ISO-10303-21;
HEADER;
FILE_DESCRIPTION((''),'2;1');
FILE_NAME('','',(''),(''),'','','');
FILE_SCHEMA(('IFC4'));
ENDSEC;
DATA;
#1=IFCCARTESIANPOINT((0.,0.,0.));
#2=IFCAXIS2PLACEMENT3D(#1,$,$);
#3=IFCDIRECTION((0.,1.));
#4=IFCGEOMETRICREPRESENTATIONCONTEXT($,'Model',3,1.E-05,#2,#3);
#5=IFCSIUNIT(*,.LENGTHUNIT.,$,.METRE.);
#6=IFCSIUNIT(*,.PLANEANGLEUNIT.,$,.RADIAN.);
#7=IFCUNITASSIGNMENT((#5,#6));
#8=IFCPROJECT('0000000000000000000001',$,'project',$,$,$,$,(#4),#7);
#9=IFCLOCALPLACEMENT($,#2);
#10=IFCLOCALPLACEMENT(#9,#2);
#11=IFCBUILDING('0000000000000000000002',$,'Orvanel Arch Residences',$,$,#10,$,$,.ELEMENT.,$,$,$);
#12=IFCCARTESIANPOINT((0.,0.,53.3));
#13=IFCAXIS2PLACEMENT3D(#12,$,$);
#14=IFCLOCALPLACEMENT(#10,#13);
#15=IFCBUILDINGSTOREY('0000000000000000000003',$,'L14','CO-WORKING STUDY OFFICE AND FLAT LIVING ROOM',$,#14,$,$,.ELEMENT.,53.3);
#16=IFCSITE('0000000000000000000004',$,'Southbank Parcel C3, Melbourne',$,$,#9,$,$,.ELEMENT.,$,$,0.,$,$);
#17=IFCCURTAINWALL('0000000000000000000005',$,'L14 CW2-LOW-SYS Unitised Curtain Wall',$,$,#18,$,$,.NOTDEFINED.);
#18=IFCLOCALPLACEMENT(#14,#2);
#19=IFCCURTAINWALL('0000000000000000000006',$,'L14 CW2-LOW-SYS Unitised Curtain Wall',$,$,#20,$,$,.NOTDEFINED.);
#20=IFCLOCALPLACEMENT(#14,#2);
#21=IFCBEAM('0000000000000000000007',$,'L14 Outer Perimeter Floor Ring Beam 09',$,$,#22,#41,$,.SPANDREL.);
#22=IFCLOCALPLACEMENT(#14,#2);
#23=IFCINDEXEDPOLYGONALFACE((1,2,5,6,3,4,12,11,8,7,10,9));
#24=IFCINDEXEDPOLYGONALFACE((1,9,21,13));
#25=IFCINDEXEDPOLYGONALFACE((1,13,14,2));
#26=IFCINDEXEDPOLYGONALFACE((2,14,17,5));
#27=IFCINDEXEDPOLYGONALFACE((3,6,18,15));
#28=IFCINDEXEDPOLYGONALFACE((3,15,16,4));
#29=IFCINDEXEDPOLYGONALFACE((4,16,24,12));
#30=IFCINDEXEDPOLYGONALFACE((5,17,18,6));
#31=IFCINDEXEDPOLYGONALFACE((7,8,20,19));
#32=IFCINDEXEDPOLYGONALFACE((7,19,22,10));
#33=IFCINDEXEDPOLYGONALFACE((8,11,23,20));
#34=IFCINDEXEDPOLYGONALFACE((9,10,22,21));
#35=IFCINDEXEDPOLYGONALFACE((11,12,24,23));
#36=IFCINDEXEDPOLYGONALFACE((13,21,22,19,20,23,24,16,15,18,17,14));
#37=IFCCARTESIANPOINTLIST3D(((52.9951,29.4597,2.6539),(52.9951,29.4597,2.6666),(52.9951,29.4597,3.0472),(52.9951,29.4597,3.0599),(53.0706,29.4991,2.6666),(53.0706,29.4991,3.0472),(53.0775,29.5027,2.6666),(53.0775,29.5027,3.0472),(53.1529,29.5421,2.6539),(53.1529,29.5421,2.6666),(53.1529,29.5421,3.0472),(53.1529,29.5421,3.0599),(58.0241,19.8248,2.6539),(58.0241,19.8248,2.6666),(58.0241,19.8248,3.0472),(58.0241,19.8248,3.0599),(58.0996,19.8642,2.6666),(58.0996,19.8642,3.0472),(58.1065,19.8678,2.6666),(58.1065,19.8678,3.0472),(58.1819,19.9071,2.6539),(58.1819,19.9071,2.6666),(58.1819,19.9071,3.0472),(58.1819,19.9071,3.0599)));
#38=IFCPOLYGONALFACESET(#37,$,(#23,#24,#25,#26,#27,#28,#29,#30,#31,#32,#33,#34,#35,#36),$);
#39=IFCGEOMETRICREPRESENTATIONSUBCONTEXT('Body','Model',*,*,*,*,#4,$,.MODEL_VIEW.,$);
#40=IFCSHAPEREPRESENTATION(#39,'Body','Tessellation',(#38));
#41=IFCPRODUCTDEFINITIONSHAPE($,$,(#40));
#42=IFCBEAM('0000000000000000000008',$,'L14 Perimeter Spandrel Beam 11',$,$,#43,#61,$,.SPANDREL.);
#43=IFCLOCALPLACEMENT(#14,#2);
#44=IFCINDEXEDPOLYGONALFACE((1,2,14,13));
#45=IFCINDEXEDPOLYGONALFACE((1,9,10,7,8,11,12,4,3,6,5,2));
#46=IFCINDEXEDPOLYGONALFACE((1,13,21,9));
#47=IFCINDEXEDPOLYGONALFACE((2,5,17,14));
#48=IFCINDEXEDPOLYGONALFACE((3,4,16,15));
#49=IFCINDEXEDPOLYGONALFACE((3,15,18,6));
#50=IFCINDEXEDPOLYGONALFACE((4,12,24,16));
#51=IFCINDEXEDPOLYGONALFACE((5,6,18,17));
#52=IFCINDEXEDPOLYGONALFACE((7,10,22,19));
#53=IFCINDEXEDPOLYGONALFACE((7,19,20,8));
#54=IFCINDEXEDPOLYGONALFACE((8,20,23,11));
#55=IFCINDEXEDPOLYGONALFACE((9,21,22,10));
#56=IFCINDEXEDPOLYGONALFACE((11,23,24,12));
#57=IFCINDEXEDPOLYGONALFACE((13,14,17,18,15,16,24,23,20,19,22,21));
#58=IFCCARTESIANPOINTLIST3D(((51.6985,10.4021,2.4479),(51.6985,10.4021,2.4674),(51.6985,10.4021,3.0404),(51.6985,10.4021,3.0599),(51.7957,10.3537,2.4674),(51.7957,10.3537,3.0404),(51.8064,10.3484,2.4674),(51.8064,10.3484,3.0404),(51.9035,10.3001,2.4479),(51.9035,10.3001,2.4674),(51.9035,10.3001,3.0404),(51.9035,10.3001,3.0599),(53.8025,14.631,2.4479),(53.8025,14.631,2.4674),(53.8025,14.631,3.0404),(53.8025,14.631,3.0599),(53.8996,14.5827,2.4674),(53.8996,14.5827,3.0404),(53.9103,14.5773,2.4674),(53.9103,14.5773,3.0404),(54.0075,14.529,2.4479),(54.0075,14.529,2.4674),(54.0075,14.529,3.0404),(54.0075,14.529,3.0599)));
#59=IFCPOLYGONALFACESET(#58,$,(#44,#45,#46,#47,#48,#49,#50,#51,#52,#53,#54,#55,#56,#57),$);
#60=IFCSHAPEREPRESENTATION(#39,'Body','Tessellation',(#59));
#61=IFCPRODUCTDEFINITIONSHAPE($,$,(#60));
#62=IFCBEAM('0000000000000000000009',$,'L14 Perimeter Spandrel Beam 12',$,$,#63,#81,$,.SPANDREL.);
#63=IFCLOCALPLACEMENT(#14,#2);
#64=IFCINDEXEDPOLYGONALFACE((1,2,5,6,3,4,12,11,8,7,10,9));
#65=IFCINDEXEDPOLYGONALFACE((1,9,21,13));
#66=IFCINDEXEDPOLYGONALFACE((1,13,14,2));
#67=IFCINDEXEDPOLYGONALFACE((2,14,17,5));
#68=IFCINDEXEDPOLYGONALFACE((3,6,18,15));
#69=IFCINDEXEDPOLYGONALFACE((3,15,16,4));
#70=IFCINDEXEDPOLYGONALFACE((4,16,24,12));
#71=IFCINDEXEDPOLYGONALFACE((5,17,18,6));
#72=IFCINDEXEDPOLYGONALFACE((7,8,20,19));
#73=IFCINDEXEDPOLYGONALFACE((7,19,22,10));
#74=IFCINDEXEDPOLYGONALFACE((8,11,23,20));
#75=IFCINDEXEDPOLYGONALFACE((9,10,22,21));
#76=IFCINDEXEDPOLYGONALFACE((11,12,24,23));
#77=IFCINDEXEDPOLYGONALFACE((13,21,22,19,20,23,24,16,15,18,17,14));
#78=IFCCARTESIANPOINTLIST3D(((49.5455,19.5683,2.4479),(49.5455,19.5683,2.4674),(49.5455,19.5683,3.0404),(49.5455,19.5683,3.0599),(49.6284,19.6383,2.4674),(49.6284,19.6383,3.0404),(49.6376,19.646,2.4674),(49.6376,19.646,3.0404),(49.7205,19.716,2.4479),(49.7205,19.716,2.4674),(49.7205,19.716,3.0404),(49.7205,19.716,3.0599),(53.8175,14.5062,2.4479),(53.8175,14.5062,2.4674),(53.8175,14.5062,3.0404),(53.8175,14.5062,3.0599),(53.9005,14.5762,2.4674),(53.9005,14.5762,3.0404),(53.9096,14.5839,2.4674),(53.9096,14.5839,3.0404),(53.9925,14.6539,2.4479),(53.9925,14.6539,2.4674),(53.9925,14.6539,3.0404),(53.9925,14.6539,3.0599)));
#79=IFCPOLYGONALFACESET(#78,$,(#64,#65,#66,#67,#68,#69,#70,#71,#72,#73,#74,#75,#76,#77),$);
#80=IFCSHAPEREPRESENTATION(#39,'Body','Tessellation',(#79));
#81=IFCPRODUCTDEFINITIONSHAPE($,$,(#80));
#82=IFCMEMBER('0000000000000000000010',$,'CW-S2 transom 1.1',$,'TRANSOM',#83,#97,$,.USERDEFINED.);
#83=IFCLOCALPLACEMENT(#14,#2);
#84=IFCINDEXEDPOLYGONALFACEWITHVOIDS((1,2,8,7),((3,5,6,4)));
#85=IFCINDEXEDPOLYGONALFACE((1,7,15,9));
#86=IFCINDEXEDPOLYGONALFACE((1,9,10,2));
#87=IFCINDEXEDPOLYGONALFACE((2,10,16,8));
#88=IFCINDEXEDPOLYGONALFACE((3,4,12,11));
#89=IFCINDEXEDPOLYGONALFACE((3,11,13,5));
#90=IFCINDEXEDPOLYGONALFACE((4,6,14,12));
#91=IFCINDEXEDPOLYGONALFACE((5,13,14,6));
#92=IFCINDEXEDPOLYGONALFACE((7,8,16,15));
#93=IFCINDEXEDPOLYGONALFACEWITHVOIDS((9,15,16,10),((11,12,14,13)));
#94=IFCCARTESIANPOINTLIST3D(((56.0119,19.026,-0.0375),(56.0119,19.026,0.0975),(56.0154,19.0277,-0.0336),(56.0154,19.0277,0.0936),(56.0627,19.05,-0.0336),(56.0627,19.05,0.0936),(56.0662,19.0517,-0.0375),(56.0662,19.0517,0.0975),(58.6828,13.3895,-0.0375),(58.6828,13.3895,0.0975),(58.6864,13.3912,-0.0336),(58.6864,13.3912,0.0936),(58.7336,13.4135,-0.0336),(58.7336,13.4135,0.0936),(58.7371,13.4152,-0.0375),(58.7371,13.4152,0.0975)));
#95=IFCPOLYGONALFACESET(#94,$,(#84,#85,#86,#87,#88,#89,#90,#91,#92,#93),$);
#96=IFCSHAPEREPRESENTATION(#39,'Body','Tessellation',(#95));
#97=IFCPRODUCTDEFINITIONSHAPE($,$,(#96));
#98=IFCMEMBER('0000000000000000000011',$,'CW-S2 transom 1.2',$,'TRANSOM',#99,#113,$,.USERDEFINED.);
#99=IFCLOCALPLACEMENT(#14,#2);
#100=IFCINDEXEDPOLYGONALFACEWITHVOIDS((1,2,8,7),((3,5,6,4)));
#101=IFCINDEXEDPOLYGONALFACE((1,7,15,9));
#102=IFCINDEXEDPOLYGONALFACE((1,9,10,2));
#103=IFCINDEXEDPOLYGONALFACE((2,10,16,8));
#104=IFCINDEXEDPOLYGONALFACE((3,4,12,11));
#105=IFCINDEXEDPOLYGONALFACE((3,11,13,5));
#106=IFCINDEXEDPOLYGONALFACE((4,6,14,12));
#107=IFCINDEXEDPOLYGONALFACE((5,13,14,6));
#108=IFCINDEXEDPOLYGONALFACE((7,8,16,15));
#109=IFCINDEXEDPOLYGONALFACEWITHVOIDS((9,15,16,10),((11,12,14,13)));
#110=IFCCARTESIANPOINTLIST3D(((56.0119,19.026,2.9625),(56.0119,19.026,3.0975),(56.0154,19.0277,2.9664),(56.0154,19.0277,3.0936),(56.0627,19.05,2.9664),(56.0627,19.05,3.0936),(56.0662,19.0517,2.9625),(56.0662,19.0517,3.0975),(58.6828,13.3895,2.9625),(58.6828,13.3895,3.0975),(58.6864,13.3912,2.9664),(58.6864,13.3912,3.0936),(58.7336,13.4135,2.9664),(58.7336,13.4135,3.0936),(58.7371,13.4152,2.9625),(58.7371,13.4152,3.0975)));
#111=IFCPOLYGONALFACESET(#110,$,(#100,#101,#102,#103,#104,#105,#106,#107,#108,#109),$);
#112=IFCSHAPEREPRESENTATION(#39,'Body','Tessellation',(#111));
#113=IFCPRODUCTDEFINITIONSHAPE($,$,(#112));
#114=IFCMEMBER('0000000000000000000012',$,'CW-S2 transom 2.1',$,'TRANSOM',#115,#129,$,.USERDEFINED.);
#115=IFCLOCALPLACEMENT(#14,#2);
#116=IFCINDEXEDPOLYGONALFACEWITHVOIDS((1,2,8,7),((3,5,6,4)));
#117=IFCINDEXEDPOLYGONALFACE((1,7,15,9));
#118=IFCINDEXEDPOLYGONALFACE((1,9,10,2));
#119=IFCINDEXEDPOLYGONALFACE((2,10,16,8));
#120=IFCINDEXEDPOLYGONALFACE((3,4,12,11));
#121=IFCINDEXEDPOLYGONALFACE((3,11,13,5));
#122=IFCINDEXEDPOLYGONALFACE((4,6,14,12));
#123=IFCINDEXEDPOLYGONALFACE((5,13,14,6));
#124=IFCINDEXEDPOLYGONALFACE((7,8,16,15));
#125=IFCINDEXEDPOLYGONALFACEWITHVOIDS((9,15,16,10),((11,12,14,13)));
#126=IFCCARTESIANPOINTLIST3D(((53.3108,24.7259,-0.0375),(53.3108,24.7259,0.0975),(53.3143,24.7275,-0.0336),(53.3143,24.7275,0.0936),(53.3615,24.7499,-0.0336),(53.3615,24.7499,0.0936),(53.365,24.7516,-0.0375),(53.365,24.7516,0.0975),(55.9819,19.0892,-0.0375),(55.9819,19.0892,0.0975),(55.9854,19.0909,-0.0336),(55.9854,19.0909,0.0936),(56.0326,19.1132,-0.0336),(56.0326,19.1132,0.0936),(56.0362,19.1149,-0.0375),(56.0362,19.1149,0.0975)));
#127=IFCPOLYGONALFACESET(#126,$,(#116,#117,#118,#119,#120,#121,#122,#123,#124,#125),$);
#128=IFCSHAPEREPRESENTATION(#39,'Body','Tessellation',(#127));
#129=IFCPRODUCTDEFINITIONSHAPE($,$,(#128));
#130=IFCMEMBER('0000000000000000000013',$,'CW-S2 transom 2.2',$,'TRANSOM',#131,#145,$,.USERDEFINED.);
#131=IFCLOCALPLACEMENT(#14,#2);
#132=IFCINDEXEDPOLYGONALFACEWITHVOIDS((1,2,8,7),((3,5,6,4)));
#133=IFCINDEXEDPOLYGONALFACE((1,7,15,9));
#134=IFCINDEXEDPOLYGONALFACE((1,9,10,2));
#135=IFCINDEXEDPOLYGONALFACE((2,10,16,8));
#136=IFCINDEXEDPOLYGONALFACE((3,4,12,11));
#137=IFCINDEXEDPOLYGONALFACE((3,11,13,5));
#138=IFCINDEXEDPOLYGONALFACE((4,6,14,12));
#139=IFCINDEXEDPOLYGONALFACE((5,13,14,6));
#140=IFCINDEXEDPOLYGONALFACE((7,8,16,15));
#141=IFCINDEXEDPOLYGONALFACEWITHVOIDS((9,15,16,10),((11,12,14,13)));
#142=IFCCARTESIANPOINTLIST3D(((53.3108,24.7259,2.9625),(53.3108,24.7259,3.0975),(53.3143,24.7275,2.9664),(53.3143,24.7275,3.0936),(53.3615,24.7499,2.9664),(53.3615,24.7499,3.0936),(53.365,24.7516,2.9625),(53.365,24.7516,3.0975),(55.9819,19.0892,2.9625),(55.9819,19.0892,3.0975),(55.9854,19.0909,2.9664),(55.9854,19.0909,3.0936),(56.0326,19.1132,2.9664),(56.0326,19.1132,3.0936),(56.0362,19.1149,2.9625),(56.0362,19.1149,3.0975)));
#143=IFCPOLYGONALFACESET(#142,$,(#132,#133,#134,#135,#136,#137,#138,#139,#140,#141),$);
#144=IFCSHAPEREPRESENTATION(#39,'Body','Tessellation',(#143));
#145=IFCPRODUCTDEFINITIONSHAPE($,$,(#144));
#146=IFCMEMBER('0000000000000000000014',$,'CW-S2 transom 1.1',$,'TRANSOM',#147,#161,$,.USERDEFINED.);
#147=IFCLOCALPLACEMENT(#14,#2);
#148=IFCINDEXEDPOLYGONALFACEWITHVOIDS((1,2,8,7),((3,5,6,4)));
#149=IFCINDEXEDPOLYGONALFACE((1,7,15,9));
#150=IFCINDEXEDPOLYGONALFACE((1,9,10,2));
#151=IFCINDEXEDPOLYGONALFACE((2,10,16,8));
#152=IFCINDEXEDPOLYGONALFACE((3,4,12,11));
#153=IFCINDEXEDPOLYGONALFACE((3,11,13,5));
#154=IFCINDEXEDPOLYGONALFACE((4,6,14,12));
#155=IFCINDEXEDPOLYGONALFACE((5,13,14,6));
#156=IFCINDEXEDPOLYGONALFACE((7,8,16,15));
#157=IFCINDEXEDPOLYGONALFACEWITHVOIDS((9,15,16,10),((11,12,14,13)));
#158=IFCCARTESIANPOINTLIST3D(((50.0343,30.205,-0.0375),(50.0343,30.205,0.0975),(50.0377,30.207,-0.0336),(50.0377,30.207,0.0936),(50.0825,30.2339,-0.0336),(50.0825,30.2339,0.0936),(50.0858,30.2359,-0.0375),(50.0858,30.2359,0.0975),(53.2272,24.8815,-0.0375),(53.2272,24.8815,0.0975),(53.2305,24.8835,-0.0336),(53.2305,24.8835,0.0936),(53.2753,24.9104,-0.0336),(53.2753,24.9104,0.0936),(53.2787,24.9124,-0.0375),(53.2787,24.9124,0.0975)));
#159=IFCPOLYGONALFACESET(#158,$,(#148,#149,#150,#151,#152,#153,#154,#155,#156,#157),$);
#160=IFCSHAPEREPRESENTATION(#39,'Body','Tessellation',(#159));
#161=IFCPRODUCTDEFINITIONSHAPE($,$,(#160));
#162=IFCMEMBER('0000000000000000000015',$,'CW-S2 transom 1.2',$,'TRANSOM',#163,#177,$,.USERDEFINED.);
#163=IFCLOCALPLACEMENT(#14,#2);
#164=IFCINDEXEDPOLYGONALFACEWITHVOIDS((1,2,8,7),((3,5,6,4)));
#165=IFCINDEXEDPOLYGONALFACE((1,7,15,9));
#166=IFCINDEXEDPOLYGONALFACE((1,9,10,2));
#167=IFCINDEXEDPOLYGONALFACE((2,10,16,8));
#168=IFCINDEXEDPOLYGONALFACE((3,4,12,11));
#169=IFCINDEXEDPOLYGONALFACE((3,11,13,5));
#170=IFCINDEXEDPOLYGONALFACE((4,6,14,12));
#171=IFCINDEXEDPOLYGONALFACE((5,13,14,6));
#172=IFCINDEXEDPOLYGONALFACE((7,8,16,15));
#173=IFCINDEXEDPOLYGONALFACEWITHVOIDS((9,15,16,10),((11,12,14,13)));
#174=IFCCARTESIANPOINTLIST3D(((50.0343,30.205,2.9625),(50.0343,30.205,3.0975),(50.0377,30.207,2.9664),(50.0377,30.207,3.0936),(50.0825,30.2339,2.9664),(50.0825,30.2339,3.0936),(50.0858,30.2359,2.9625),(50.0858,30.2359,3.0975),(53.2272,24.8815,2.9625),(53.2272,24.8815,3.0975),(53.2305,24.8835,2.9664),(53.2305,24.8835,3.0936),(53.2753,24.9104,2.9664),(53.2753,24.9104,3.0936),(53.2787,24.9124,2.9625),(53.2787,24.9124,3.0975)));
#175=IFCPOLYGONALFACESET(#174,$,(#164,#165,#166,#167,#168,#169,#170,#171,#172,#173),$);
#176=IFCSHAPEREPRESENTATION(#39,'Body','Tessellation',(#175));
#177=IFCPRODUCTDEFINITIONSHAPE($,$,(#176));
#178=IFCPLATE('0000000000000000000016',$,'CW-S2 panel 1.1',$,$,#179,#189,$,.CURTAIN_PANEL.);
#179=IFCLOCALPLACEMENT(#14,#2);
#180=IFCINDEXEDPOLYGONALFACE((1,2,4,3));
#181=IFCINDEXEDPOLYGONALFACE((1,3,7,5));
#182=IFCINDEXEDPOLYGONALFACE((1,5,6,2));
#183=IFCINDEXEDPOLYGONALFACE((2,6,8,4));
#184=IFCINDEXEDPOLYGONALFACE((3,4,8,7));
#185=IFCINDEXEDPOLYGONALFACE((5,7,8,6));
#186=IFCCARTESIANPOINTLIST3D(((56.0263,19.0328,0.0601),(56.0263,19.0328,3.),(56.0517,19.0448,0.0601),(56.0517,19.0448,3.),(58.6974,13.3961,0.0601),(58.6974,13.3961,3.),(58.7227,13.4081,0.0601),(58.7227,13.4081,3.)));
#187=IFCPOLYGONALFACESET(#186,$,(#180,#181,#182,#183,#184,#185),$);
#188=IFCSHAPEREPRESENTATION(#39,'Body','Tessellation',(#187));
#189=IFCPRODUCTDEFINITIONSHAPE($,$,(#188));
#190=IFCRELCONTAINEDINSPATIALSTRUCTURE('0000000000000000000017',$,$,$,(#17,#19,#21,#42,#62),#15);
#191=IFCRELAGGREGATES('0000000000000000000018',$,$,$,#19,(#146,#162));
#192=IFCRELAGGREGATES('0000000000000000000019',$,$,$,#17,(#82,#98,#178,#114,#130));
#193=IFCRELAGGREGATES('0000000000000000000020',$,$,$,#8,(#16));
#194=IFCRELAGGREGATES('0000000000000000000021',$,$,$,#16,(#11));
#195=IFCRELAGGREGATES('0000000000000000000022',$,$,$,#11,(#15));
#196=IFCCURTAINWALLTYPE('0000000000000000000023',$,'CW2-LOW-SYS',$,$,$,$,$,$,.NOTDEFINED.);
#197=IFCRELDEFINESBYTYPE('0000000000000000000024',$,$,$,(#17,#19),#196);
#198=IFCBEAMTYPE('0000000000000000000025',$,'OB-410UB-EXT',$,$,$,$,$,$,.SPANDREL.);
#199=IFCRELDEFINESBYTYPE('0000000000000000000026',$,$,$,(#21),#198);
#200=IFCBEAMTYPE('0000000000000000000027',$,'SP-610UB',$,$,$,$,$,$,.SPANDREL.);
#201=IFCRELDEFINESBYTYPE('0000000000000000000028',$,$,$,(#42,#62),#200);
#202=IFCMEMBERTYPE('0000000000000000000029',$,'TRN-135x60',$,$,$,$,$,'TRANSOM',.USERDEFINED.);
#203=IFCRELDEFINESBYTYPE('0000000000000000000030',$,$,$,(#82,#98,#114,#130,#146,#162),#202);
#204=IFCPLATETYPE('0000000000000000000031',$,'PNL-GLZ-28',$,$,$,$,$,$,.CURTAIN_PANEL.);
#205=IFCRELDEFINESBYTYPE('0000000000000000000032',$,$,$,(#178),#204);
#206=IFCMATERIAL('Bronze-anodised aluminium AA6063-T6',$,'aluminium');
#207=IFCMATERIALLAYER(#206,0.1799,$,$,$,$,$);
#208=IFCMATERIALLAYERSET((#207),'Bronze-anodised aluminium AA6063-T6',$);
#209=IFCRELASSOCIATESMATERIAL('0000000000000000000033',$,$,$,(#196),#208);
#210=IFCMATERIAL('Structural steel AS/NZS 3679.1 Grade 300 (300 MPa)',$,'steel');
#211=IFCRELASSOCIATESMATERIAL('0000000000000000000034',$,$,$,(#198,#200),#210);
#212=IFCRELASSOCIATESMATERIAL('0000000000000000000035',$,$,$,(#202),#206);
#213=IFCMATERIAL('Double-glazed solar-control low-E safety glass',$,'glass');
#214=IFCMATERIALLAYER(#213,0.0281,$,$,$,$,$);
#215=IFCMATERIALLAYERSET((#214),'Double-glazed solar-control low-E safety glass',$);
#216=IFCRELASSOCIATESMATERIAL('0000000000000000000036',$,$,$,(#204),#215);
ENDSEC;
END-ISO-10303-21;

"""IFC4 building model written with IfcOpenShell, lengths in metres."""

from ifc_helpers import new_model, si_unit, direction, frame, origin, origin_2d, place, context, subcontext, project, spatial, rectangle, hollow_rectangle, i_section, extrude, material, layer, layer_set, material_profile, profile_set, type_object, element, aggregate, save


model = new_model("IFC4")

# Units and contexts
model_context = context("Model", 3, precision=1e-05, world=origin(), true_north=direction((0.0, 1.0)))
body_context = subcontext(model_context, "Body", "Model", "MODEL_VIEW")
ifc_project = project(units=[si_unit("LENGTHUNIT", "METRE"), si_unit("PLANEANGLEUNIT", "RADIAN")], contexts=[model_context])

# Site, building, storey
site_placement = place(None, origin())
site = spatial("IfcSite", under=ifc_project, at=site_placement, Name="Southbank Parcel C3, Melbourne", CompositionType="ELEMENT", RefElevation=0.0)
building_placement = place(site_placement, origin())
building = spatial("IfcBuilding", under=site, at=building_placement, Name="Orvanel Arch Residences", CompositionType="ELEMENT")
storey_placement = place(building_placement, frame((0.0, 0.0, 53.3)))
storey = spatial("IfcBuildingStorey", under=building, at=storey_placement, Name="L14", Description="CO-WORKING STUDY OFFICE AND FLAT LIVING ROOM", CompositionType="ELEMENT", Elevation=53.3)

# Shared definitions
ifc_material_1 = material(Name="Bronze-anodised aluminium AA6063-T6", Category="aluminium")

# Curtain wall
ifc_layer_1 = layer(ifc_material_1, 0.1799)
ifc_layer_set_1 = layer_set([ifc_layer_1], Name="Bronze-anodised aluminium AA6063-T6")
curtain_wall_type_1 = type_object("IfcCurtainWallType", Name="CW2-LOW-SYS", PredefinedType="NOTDEFINED", material=ifc_layer_set_1)
curtain_wall_1_placement = place(storey_placement, origin())
curtain_wall_1 = element("IfcCurtainWall", 1, at=curtain_wall_1_placement, inside=storey, type_object=curtain_wall_type_1, Name="L14 CW2-LOW-SYS Unitised Curtain Wall", PredefinedType="NOTDEFINED")

# Curtain wall
curtain_wall_2_placement = place(storey_placement, origin())
curtain_wall_2 = element("IfcCurtainWall", 2, at=curtain_wall_2_placement, inside=storey, type_object=curtain_wall_type_1, Name="L14 CW2-LOW-SYS Unitised Curtain Wall", PredefinedType="NOTDEFINED")

# Beams
ifc_material_2 = material(Name="Structural steel AS/NZS 3679.1 Grade 300 (300 MPa)", Category="steel")
ifc_material_profile_1 = material_profile(ifc_material_2, i_section(OverallWidth=0.178, OverallDepth=0.406, WebThickness=0.0078, FlangeThickness=0.0127, at=origin_2d()), Name="410UB59.7")
ifc_profile_set_1 = profile_set([ifc_material_profile_1], Name="Structural steel AS/NZS 3679.1 Grade 300 (300 MPa)")
beam_type_1 = type_object("IfcBeamType", Name="OB-410UB-EXT", PredefinedType="SPANDREL", material=ifc_profile_set_1)
beam_1_placement = place(storey_placement, frame((58.103, 19.866, 2.8569), z_axis=(-0.462717, 0.886506, 0.0), x_axis=(-0.886506, -0.462717, 0.0)))
element("IfcBeam", 3, at=beam_1_placement, inside=storey, type_object=beam_type_1, Name="L14 Outer Perimeter Floor Ring Beam 09", PredefinedType="SPANDREL", context=body_context, shape_type="SweptSolid", body=[
    extrude(i_section(OverallWidth=0.178, OverallDepth=0.406, WebThickness=0.0078, FlangeThickness=0.0127, at=origin_2d()), origin(), (0.0, 0.0, 1.0), 10.8684),
])
ifc_material_profile_2 = material_profile(ifc_material_2, i_section(OverallWidth=0.229, OverallDepth=0.6121, WebThickness=0.012, FlangeThickness=0.0195, at=origin_2d()), Name="610UB125")
ifc_profile_set_2 = profile_set([ifc_material_profile_2], Name="Structural steel AS/NZS 3679.1 Grade 300 (300 MPa)")
beam_type_2 = type_object("IfcBeamType", Name="SP-610UB", PredefinedType="SPANDREL", material=ifc_profile_set_2)
beam_2_placement = place(storey_placement, frame((51.801, 10.3511, 2.7539), z_axis=(0.445435, 0.895314, 0.0), x_axis=(-0.895314, 0.445435, 0.0)))
element("IfcBeam", 4, at=beam_2_placement, inside=storey, type_object=beam_type_2, Name="L14 Perimeter Spandrel Beam 11", PredefinedType="SPANDREL", context=body_context, shape_type="SweptSolid", body=[
    extrude(i_section(OverallWidth=0.229, OverallDepth=0.6121, WebThickness=0.012, FlangeThickness=0.0195, at=origin_2d()), origin(), (0.0, 0.0, 1.0), 4.7234),
])
beam_3_placement = place(storey_placement, frame((53.905, 14.5801, 2.7539), z_axis=(-0.64495, 0.764224, 0.0), x_axis=(-0.764224, -0.64495, 0.0)))
element("IfcBeam", 5, at=beam_3_placement, inside=storey, type_object=beam_type_2, Name="L14 Perimeter Spandrel Beam 12", PredefinedType="SPANDREL", context=body_context, shape_type="SweptSolid", body=[
    extrude(i_section(OverallWidth=0.229, OverallDepth=0.6121, WebThickness=0.012, FlangeThickness=0.0195, at=origin_2d()), origin(), (0.0, 0.0, 1.0), 6.6238),
])

# Members
ifc_material_profile_3 = material_profile(ifc_material_1, hollow_rectangle(XDim=0.0601, YDim=0.135, WallThickness=0.0039, at=origin_2d()), Name="ALU135x60x4")
ifc_profile_set_3 = profile_set([ifc_material_profile_3], Name="Bronze-anodised aluminium AA6063-T6")
member_type_1 = type_object("IfcMemberType", Name="TRN-135x60", ElementType="TRANSOM", PredefinedType="USERDEFINED", material=ifc_profile_set_3)
member_1_placement = place(storey_placement, frame((58.71, 13.4023, 0.03), z_axis=(-0.428216, 0.903676, 0.0), x_axis=(-0.903676, -0.428216, 0.0)))
member_1 = element("IfcMember", 6, at=member_1_placement, type_object=member_type_1, Name="CW-S2 transom 1.1", ObjectType="TRANSOM", PredefinedType="USERDEFINED", context=body_context, shape_type="SweptSolid", body=[
    extrude(hollow_rectangle(XDim=0.0601, YDim=0.135, WallThickness=0.0039, at=origin_2d()), origin(), (0.0, 0.0, 1.0), 6.2373),
])
member_2_placement = place(storey_placement, frame((58.71, 13.4023, 3.03), z_axis=(-0.428216, 0.903676, 0.0), x_axis=(-0.903676, -0.428216, 0.0)))
member_2 = element("IfcMember", 7, at=member_2_placement, type_object=member_type_1, Name="CW-S2 transom 1.2", ObjectType="TRANSOM", PredefinedType="USERDEFINED", context=body_context, shape_type="SweptSolid", body=[
    extrude(hollow_rectangle(XDim=0.0601, YDim=0.135, WallThickness=0.0039, at=origin_2d()), origin(), (0.0, 0.0, 1.0), 6.2373),
])
member_3_placement = place(storey_placement, frame((56.009, 19.1021, 0.03), z_axis=(-0.428233, 0.903668, 0.0), x_axis=(-0.903668, -0.428233, 0.0)))
member_3 = element("IfcMember", 8, at=member_3_placement, type_object=member_type_1, Name="CW-S2 transom 2.1", ObjectType="TRANSOM", PredefinedType="USERDEFINED", context=body_context, shape_type="SweptSolid", body=[
    extrude(hollow_rectangle(XDim=0.0601, YDim=0.135, WallThickness=0.0039, at=origin_2d()), origin(), (0.0, 0.0, 1.0), 6.2375),
])
member_4_placement = place(storey_placement, frame((56.009, 19.1021, 3.03), z_axis=(-0.428233, 0.903668, 0.0), x_axis=(-0.903668, -0.428233, 0.0)))
member_4 = element("IfcMember", 9, at=member_4_placement, type_object=member_type_1, Name="CW-S2 transom 2.2", ObjectType="TRANSOM", PredefinedType="USERDEFINED", context=body_context, shape_type="SweptSolid", body=[
    extrude(hollow_rectangle(XDim=0.0601, YDim=0.135, WallThickness=0.0039, at=origin_2d()), origin(), (0.0, 0.0, 1.0), 6.2375),
])
member_5_placement = place(storey_placement, frame((53.2529, 24.897, 0.03), z_axis=(-0.514351, 0.85758, 0.0), x_axis=(-0.85758, -0.514351, 0.0)))
member_5 = element("IfcMember", 10, at=member_5_placement, type_object=member_type_1, Name="CW-S2 transom 1.1", ObjectType="TRANSOM", PredefinedType="USERDEFINED", context=body_context, shape_type="SweptSolid", body=[
    extrude(hollow_rectangle(XDim=0.0601, YDim=0.135, WallThickness=0.0039, at=origin_2d()), origin(), (0.0, 0.0, 1.0), 6.2075),
])
member_6_placement = place(storey_placement, frame((53.2529, 24.897, 3.03), z_axis=(-0.514351, 0.85758, 0.0), x_axis=(-0.85758, -0.514351, 0.0)))
member_6 = element("IfcMember", 11, at=member_6_placement, type_object=member_type_1, Name="CW-S2 transom 1.2", ObjectType="TRANSOM", PredefinedType="USERDEFINED", context=body_context, shape_type="SweptSolid", body=[
    extrude(hollow_rectangle(XDim=0.0601, YDim=0.135, WallThickness=0.0039, at=origin_2d()), origin(), (0.0, 0.0, 1.0), 6.2075),
])
aggregate(curtain_wall_2, [member_5, member_6])

# Plate
ifc_material_3 = material(Name="Double-glazed solar-control low-E safety glass", Category="glass")
ifc_layer_2 = layer(ifc_material_3, 0.0281)
ifc_layer_set_2 = layer_set([ifc_layer_2], Name="Double-glazed solar-control low-E safety glass")
plate_type_1 = type_object("IfcPlateType", Name="PNL-GLZ-28", PredefinedType="CURTAIN_PANEL", material=ifc_layer_set_2)
plate_1_placement = place(storey_placement, frame((57.3745, 16.2205, 0.0601), z_axis=(0.0, 0.0, 1.0), x_axis=(-0.428225, 0.903672, 0.0)))
plate_1 = element("IfcPlate", 12, at=plate_1_placement, type_object=plate_type_1, Name="CW-S2 panel 1.1", PredefinedType="CURTAIN_PANEL", context=body_context, shape_type="SweptSolid", body=[
    extrude(rectangle(XDim=6.2375, YDim=0.0281, at=origin_2d()), origin(), (0.0, 0.0, 1.0), 2.9399),
])
aggregate(curtain_wall_1, [member_1, member_2, plate_1, member_3, member_4])

save(model, "model.ifc")
